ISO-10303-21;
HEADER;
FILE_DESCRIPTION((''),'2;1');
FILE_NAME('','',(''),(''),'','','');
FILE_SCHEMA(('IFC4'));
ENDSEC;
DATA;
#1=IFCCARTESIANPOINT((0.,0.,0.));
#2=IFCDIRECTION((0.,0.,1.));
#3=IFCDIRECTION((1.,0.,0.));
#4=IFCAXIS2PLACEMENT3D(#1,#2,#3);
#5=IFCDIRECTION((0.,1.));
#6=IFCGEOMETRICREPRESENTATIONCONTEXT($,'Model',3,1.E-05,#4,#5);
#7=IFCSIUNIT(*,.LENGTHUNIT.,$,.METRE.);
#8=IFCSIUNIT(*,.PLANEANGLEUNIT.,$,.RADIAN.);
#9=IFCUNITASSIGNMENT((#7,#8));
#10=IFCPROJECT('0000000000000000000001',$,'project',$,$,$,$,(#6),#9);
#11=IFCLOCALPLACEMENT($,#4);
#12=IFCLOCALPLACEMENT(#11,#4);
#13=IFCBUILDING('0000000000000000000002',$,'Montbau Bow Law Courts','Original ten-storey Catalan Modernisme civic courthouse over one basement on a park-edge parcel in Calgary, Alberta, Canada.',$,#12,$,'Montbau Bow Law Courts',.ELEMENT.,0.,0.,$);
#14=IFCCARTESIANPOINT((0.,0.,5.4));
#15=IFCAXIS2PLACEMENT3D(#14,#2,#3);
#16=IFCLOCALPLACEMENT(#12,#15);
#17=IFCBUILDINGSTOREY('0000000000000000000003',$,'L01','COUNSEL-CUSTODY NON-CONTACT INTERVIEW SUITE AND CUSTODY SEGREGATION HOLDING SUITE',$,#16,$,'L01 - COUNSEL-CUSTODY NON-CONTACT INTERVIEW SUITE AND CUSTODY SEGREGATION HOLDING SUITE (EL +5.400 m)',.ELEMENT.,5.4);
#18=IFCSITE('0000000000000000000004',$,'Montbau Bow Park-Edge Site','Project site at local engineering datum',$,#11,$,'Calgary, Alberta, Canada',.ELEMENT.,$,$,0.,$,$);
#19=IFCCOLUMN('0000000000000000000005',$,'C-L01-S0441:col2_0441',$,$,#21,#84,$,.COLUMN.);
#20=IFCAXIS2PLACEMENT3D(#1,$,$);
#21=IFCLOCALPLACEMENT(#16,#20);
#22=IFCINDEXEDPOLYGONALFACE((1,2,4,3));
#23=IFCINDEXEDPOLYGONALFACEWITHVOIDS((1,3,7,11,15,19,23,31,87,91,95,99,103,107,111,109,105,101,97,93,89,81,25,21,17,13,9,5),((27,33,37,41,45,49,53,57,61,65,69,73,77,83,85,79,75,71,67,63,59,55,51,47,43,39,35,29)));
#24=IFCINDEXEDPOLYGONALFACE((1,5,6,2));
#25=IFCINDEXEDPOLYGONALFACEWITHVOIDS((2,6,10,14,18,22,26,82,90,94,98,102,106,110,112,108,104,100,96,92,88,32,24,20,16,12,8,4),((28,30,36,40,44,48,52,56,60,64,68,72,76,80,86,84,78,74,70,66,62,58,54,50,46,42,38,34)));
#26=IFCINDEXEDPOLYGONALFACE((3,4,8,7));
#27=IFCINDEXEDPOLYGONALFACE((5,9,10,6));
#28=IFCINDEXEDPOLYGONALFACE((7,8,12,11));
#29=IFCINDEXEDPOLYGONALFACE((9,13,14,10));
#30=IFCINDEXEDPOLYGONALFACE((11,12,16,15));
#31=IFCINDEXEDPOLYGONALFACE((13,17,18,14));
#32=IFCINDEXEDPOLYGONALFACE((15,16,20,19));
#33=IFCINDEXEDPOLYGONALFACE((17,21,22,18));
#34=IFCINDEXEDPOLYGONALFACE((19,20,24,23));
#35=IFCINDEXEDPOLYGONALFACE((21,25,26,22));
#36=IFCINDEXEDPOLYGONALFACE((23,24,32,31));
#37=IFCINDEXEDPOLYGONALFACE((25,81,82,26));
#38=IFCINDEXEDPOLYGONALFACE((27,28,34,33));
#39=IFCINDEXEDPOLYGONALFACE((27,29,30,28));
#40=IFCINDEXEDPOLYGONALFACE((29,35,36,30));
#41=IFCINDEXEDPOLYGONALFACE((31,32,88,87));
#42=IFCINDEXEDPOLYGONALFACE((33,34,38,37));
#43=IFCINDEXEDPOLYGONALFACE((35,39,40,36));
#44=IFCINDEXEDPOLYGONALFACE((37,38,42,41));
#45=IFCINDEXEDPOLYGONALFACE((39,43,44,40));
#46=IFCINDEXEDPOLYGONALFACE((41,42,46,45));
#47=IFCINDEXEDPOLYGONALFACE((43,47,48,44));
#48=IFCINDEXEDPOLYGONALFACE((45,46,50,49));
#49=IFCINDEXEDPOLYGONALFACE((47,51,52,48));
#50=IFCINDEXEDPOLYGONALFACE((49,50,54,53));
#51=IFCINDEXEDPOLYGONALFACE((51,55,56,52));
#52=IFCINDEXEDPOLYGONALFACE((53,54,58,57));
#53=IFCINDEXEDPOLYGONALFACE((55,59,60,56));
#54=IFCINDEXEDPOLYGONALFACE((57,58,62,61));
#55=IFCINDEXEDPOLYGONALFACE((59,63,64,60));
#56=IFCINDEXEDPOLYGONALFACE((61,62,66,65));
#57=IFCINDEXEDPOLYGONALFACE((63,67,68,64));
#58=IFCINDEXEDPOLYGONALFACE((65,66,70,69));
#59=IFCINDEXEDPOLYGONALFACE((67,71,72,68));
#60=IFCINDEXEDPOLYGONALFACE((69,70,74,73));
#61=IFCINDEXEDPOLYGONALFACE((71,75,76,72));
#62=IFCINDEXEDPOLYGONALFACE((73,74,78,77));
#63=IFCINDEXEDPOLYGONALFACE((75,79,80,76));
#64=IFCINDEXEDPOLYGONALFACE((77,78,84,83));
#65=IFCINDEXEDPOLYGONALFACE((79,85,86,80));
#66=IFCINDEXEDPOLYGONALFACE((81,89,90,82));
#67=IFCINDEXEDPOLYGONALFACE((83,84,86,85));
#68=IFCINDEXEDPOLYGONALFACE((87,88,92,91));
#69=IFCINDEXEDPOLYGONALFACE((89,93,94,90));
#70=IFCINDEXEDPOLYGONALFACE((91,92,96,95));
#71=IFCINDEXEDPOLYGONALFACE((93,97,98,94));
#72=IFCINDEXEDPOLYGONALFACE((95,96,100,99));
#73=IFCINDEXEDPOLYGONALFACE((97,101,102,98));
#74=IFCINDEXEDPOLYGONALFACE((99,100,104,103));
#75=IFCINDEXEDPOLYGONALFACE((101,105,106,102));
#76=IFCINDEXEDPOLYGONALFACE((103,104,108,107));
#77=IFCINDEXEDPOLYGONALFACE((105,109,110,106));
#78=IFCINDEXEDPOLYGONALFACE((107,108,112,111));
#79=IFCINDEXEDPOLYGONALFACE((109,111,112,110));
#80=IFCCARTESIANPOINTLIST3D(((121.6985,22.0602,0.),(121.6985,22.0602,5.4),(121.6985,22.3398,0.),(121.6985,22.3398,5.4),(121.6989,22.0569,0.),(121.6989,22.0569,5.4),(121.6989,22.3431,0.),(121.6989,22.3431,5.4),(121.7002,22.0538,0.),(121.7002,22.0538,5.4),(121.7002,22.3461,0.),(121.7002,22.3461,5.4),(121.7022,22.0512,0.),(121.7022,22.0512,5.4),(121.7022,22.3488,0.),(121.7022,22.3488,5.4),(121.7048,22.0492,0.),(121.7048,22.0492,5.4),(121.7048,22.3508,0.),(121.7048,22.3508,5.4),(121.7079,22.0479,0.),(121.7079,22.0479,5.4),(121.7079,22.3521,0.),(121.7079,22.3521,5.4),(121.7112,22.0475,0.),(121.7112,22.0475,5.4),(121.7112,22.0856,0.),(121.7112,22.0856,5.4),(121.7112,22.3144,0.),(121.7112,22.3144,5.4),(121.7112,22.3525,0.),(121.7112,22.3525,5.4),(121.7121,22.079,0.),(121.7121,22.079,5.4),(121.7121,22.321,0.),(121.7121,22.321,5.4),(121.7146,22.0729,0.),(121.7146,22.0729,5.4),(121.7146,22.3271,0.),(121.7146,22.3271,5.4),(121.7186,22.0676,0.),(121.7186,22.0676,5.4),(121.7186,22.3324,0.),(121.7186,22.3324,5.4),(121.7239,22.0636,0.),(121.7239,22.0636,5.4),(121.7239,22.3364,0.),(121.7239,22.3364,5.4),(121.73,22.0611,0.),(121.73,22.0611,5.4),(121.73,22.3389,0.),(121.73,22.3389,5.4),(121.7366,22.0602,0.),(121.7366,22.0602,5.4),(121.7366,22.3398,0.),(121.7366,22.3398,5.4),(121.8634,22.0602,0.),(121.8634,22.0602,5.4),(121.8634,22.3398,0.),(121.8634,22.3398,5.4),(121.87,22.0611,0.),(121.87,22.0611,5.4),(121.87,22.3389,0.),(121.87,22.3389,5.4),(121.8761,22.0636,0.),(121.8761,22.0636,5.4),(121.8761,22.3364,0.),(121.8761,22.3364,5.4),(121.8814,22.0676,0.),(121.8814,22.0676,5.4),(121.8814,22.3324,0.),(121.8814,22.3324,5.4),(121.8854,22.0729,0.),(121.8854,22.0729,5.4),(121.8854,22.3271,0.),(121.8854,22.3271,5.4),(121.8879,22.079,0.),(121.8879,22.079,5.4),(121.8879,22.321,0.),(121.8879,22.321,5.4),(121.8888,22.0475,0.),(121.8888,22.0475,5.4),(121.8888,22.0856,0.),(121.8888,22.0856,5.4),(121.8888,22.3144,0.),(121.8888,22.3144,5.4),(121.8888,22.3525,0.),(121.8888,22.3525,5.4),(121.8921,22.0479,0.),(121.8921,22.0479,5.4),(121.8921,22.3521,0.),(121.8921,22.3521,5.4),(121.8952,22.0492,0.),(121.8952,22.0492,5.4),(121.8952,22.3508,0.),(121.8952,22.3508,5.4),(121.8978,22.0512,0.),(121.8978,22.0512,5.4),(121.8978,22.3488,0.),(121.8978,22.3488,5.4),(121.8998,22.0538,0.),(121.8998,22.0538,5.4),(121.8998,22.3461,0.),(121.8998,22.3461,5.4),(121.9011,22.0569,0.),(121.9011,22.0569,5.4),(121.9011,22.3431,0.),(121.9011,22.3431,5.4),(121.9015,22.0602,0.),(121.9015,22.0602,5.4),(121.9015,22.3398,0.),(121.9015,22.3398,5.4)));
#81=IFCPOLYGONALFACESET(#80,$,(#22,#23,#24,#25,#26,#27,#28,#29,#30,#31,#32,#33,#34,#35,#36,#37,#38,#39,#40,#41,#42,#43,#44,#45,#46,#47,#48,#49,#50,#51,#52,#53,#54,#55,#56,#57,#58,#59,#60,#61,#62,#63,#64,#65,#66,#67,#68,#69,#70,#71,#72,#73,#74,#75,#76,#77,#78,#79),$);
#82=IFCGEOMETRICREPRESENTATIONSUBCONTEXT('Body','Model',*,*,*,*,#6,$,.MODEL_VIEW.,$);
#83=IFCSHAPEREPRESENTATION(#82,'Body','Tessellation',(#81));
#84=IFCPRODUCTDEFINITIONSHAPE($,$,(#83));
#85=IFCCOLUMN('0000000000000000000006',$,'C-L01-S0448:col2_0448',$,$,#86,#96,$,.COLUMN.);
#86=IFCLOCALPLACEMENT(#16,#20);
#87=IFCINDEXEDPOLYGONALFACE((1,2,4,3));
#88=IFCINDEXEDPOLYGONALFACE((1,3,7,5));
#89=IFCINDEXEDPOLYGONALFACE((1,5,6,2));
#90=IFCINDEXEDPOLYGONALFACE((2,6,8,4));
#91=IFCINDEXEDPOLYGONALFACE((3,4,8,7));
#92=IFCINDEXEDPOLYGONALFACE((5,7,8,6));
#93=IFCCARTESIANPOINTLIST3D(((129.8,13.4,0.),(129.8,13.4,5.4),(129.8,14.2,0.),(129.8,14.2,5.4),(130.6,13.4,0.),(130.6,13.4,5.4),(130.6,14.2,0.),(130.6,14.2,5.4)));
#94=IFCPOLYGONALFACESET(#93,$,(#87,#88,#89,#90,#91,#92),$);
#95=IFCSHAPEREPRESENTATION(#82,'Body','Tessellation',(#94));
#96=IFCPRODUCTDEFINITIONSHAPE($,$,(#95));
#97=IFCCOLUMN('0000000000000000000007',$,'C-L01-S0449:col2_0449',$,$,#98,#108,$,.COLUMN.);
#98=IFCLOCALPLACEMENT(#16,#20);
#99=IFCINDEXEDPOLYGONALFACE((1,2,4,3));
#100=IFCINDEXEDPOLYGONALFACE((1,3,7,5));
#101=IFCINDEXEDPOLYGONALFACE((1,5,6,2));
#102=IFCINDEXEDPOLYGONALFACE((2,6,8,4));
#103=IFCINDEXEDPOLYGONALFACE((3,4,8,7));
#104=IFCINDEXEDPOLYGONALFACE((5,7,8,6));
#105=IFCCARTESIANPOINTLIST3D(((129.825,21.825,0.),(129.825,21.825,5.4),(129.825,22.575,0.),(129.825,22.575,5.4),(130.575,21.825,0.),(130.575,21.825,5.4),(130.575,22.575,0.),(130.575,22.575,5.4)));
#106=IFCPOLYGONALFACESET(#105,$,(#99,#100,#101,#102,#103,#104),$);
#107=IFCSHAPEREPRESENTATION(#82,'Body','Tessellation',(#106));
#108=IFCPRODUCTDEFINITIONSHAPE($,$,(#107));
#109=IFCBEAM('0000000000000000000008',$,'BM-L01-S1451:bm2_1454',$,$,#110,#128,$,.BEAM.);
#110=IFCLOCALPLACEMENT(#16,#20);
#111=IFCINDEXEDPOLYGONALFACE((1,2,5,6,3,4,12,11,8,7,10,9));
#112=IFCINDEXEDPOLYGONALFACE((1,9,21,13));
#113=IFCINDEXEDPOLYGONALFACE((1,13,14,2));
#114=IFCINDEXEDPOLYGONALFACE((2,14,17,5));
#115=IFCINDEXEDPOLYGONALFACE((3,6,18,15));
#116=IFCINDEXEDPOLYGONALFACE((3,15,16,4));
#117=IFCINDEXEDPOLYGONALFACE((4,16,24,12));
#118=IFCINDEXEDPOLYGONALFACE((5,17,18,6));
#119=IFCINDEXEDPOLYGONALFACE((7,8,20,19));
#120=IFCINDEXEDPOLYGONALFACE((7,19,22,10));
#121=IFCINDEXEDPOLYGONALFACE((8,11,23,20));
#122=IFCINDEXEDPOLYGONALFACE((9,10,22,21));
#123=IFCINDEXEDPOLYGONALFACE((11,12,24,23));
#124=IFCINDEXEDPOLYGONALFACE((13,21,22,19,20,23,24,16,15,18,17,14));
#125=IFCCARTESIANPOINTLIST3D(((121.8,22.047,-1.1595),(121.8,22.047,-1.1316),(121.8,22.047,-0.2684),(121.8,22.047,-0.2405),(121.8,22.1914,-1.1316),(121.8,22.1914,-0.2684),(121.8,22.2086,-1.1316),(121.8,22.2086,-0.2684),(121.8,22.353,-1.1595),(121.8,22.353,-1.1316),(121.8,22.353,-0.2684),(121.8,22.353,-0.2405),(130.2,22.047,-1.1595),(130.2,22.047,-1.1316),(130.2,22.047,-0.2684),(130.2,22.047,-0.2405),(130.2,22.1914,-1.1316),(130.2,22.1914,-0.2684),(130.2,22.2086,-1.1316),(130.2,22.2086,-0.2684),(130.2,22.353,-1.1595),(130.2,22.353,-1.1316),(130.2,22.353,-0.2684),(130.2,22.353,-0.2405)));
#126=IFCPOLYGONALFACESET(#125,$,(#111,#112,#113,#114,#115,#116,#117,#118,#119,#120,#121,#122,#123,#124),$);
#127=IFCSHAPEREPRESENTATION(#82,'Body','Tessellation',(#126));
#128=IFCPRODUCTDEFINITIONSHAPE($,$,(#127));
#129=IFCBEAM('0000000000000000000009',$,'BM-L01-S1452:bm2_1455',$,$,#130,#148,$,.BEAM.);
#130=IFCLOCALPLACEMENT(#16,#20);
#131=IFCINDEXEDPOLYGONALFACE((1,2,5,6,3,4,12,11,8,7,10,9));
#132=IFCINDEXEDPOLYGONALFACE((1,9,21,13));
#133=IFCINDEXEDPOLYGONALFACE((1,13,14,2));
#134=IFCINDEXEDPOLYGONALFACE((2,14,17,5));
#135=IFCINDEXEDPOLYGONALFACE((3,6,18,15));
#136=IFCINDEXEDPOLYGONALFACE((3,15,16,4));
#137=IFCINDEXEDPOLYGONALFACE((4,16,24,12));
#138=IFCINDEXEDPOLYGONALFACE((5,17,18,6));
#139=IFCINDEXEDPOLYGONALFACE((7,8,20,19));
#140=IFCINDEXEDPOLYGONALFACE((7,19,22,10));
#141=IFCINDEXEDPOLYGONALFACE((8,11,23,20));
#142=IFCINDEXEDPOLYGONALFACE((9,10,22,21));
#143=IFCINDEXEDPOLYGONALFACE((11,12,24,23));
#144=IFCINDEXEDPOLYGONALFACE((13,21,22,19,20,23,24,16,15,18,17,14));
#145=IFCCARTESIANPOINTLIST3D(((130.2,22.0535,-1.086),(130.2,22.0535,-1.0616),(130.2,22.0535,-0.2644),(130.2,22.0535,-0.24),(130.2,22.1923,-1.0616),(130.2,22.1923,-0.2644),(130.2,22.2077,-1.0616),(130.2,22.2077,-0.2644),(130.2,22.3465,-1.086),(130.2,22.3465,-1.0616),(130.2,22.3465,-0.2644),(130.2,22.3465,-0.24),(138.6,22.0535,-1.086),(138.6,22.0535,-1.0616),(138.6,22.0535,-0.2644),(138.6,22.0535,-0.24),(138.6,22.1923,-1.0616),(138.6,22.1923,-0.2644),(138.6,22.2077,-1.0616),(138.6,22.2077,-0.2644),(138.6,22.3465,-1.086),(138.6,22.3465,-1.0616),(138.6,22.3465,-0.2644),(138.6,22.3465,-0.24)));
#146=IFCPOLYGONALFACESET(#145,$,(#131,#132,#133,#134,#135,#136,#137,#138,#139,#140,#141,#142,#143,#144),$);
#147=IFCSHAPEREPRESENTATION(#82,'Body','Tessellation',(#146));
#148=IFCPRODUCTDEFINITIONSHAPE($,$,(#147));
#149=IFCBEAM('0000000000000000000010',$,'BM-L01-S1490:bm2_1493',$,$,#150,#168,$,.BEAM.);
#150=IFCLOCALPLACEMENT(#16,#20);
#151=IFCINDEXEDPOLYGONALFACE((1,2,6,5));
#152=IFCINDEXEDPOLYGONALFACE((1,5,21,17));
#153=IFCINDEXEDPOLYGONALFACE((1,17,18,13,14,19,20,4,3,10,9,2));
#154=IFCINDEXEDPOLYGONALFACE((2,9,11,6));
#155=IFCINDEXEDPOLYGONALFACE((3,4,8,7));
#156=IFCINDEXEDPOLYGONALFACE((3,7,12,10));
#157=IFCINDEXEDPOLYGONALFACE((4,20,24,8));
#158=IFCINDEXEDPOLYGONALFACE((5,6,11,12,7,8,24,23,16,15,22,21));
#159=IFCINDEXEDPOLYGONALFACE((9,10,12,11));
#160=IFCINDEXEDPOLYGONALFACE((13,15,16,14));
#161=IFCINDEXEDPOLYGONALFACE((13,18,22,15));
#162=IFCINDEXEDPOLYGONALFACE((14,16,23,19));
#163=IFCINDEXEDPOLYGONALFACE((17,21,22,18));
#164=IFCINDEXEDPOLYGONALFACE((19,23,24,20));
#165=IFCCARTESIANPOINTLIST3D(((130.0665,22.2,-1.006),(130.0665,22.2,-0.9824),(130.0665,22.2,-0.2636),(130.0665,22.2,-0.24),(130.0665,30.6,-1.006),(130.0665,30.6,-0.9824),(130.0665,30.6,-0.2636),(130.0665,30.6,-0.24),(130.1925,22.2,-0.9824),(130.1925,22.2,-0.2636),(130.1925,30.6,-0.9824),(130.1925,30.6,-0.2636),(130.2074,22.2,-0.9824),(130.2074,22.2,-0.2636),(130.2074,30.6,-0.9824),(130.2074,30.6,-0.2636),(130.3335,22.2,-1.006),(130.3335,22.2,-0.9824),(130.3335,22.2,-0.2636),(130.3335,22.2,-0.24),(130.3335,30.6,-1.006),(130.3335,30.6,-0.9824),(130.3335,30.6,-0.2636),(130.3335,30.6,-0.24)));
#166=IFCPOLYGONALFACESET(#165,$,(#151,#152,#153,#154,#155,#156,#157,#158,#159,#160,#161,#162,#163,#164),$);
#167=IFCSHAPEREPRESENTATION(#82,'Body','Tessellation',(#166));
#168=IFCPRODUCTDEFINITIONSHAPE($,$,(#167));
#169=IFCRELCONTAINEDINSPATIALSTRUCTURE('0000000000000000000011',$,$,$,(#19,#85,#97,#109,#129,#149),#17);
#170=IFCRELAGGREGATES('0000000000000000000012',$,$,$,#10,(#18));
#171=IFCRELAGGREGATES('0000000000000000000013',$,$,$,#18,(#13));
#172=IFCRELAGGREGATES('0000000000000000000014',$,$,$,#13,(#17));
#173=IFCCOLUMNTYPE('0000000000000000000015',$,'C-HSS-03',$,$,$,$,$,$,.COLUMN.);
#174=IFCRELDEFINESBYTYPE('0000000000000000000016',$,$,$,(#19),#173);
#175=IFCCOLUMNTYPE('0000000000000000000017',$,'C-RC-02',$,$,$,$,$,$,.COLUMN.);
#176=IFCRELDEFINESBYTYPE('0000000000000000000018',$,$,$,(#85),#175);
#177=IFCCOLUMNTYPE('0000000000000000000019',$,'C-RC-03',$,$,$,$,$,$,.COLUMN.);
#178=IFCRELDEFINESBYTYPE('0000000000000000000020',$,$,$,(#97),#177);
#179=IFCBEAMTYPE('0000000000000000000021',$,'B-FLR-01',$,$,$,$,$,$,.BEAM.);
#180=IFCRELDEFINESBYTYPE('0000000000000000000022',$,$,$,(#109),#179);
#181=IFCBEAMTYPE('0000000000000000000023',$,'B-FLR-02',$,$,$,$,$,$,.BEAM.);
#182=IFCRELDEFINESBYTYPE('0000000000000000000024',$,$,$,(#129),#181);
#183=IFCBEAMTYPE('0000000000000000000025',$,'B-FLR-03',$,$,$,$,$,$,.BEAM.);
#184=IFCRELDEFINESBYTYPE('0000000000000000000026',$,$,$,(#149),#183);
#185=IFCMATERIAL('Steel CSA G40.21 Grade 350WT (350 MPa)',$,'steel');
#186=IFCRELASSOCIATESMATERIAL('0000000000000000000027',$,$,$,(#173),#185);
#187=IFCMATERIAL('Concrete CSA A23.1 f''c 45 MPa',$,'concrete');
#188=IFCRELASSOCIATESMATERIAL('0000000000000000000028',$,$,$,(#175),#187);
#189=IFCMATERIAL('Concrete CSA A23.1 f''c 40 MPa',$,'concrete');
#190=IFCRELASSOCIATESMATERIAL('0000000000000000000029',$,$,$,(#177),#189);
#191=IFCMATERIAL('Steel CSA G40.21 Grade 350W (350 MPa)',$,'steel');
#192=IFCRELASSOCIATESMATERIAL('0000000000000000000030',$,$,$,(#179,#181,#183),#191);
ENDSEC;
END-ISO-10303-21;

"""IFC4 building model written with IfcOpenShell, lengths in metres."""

from ifc_helpers import new_model, si_unit, direction, frame, origin_with_axes, origin_2d_with_axis, place, context, subcontext, project, spatial, rectangle, hollow_rectangle, i_section, extrude, material, material_profile, profile_set, type_object, element, save


model = new_model("IFC4")

# Units and contexts
model_context = context("Model", 3, precision=1e-05, world=origin_with_axes(), true_north=direction((0.0, 1.0)))
body_context = subcontext(model_context, "Body", "Model", "MODEL_VIEW")
ifc_project = project(units=[si_unit("LENGTHUNIT", "METRE"), si_unit("PLANEANGLEUNIT", "RADIAN")], contexts=[model_context])

# Site, building, storey
site_placement = place(None, origin_with_axes())
site = spatial("IfcSite", under=ifc_project, at=site_placement, Name="Montbau Bow Park-Edge Site", Description="Project site at local engineering datum", LongName="Calgary, Alberta, Canada", CompositionType="ELEMENT", RefElevation=0.0)
building_placement = place(site_placement, origin_with_axes())
building = spatial("IfcBuilding", under=site, at=building_placement, Name="Montbau Bow Law Courts", Description="Original ten-storey Catalan Modernisme civic courthouse over one basement on a park-edge parcel in Calgary, Alberta, Canada.", LongName="Montbau Bow Law Courts", CompositionType="ELEMENT", ElevationOfRefHeight=0.0, ElevationOfTerrain=0.0)
storey_placement = place(building_placement, frame((0.0, 0.0, 5.4), z_axis=(0.0, 0.0, 1.0), x_axis=(1.0, 0.0, 0.0)))
storey = spatial("IfcBuildingStorey", under=building, at=storey_placement, Name="L01", Description="COUNSEL-CUSTODY NON-CONTACT INTERVIEW SUITE AND CUSTODY SEGREGATION HOLDING SUITE", LongName="L01 - COUNSEL-CUSTODY NON-CONTACT INTERVIEW SUITE AND CUSTODY SEGREGATION HOLDING SUITE (EL +5.400 m)", CompositionType="ELEMENT", Elevation=5.4)

# Columns
ifc_material_1 = material(Name="Steel CSA G40.21 Grade 350WT (350 MPa)", Category="steel")
ifc_material_profile_1 = material_profile(ifc_material_1, hollow_rectangle(XDim=0.203, YDim=0.305, WallThickness=0.0127, InnerFilletRadius=0.0254, OuterFilletRadius=0.0127, at=origin_2d_with_axis()), Name="HSS305X203X13", Category="Main", Priority=0)
ifc_profile_set_1 = profile_set([ifc_material_profile_1], Name="Steel CSA G40.21 Grade 350WT (350 MPa)")
column_type_1 = type_object("IfcColumnType", Name="C-HSS-03", PredefinedType="COLUMN", material=ifc_profile_set_1)
column_1_placement = place(None, frame((121.8, 22.2, 5.4), z_axis=(0.0, 0.0, 1.0), x_axis=(1.0, 0.0, 0.0)))
element("IfcColumn", 1, at=column_1_placement, inside=storey, type_object=column_type_1, Name="C-L01-S0441:col2_0441", PredefinedType="COLUMN", context=body_context, shape_type="SweptSolid", body=[
    extrude(hollow_rectangle(XDim=0.203, YDim=0.305, WallThickness=0.0127, InnerFilletRadius=0.0254, OuterFilletRadius=0.0127, at=origin_2d_with_axis()), origin_with_axes(), (0.0, 0.0, 1.0), 5.4),
])
ifc_material_2 = material(Name="Concrete CSA A23.1 f'c 45 MPa", Category="concrete")
ifc_material_profile_2 = material_profile(ifc_material_2, rectangle(XDim=0.8, YDim=0.8, at=origin_2d_with_axis()), Name="RC800X800", Category="Main", Priority=0)
ifc_profile_set_2 = profile_set([ifc_material_profile_2], Name="Concrete CSA A23.1 f'c 45 MPa")
column_type_2 = type_object("IfcColumnType", Name="C-RC-02", PredefinedType="COLUMN", material=ifc_profile_set_2)
column_2_placement = place(None, frame((130.2, 13.8, 5.4), z_axis=(0.0, 0.0, 1.0), x_axis=(1.0, 0.0, 0.0)))
element("IfcColumn", 2, at=column_2_placement, inside=storey, type_object=column_type_2, Name="C-L01-S0448:col2_0448", PredefinedType="COLUMN", context=body_context, shape_type="SweptSolid", body=[
    extrude(rectangle(XDim=0.8, YDim=0.8, at=origin_2d_with_axis()), origin_with_axes(), (0.0, 0.0, 1.0), 5.4),
])
ifc_material_3 = material(Name="Concrete CSA A23.1 f'c 40 MPa", Category="concrete")
ifc_material_profile_3 = material_profile(ifc_material_3, rectangle(XDim=0.75, YDim=0.75, at=origin_2d_with_axis()), Name="RC750X750", Category="Main", Priority=0)
ifc_profile_set_3 = profile_set([ifc_material_profile_3], Name="Concrete CSA A23.1 f'c 40 MPa")
column_type_3 = type_object("IfcColumnType", Name="C-RC-03", PredefinedType="COLUMN", material=ifc_profile_set_3)
column_3_placement = place(None, frame((130.2, 22.2, 5.4), z_axis=(0.0, 0.0, 1.0), x_axis=(1.0, 0.0, 0.0)))
element("IfcColumn", 3, at=column_3_placement, inside=storey, type_object=column_type_3, Name="C-L01-S0449:col2_0449", PredefinedType="COLUMN", context=body_context, shape_type="SweptSolid", body=[
    extrude(rectangle(XDim=0.75, YDim=0.75, at=origin_2d_with_axis()), origin_with_axes(), (0.0, 0.0, 1.0), 5.4),
])

# Beams
ifc_material_4 = material(Name="Steel CSA G40.21 Grade 350W (350 MPa)", Category="steel")
ifc_material_profile_4 = material_profile(ifc_material_4, i_section(OverallWidth=0.306, OverallDepth=0.919, WebThickness=0.0173, FlangeThickness=0.0279, at=origin_2d_with_axis()), Name="W920X253", Category="Main", Priority=0)
ifc_profile_set_4 = profile_set([ifc_material_profile_4], Name="Steel CSA G40.21 Grade 350W (350 MPa)")
beam_type_1 = type_object("IfcBeamType", Name="B-FLR-01", PredefinedType="BEAM", material=ifc_profile_set_4)
beam_1_placement = place(None, frame((121.8, 22.2, 4.7), z_axis=(1.0, 0.0, 0.0), x_axis=(0.0, 1.0, 0.0)))
element("IfcBeam", 4, at=beam_1_placement, inside=storey, type_object=beam_type_1, Name="BM-L01-S1451:bm2_1454", PredefinedType="BEAM", context=body_context, shape_type="SweptSolid", body=[
    extrude(i_section(OverallWidth=0.306, OverallDepth=0.919, WebThickness=0.0173, FlangeThickness=0.0279, at=origin_2d_with_axis()), origin_with_axes(), (0.0, 0.0, 1.0), 8.4),
])
ifc_material_profile_5 = material_profile(ifc_material_4, i_section(OverallWidth=0.293, OverallDepth=0.846, WebThickness=0.0154, FlangeThickness=0.0244, at=origin_2d_with_axis()), Name="W840X210", Category="Main", Priority=0)
ifc_profile_set_5 = profile_set([ifc_material_profile_5], Name="Steel CSA G40.21 Grade 350W (350 MPa)")
beam_type_2 = type_object("IfcBeamType", Name="B-FLR-02", PredefinedType="BEAM", material=ifc_profile_set_5)
beam_2_placement = place(None, frame((130.2, 22.2, 4.737), z_axis=(1.0, 0.0, 0.0), x_axis=(0.0, 1.0, 0.0)))
element("IfcBeam", 5, at=beam_2_placement, inside=storey, type_object=beam_type_2, Name="BM-L01-S1452:bm2_1455", PredefinedType="BEAM", context=body_context, shape_type="SweptSolid", body=[
    extrude(i_section(OverallWidth=0.293, OverallDepth=0.846, WebThickness=0.0154, FlangeThickness=0.0244, at=origin_2d_with_axis()), origin_with_axes(), (0.0, 0.0, 1.0), 8.4),
])
ifc_material_profile_6 = material_profile(ifc_material_4, i_section(OverallWidth=0.267, OverallDepth=0.766, WebThickness=0.0149, FlangeThickness=0.0236, at=origin_2d_with_axis()), Name="W760X185", Category="Main", Priority=0)
ifc_profile_set_6 = profile_set([ifc_material_profile_6], Name="Steel CSA G40.21 Grade 350W (350 MPa)")
beam_type_3 = type_object("IfcBeamType", Name="B-FLR-03", PredefinedType="BEAM", material=ifc_profile_set_6)
beam_3_placement = place(None, frame((130.2, 22.2, 4.777), z_axis=(0.0, 1.0, 0.0), x_axis=(-1.0, 0.0, 0.0)))
element("IfcBeam", 6, at=beam_3_placement, inside=storey, type_object=beam_type_3, Name="BM-L01-S1490:bm2_1493", PredefinedType="BEAM", context=body_context, shape_type="SweptSolid", body=[
    extrude(i_section(OverallWidth=0.267, OverallDepth=0.766, WebThickness=0.0149, FlangeThickness=0.0236, at=origin_2d_with_axis()), origin_with_axes(), (0.0, 0.0, 1.0), 8.4),
])

save(model, "model.ifc")
